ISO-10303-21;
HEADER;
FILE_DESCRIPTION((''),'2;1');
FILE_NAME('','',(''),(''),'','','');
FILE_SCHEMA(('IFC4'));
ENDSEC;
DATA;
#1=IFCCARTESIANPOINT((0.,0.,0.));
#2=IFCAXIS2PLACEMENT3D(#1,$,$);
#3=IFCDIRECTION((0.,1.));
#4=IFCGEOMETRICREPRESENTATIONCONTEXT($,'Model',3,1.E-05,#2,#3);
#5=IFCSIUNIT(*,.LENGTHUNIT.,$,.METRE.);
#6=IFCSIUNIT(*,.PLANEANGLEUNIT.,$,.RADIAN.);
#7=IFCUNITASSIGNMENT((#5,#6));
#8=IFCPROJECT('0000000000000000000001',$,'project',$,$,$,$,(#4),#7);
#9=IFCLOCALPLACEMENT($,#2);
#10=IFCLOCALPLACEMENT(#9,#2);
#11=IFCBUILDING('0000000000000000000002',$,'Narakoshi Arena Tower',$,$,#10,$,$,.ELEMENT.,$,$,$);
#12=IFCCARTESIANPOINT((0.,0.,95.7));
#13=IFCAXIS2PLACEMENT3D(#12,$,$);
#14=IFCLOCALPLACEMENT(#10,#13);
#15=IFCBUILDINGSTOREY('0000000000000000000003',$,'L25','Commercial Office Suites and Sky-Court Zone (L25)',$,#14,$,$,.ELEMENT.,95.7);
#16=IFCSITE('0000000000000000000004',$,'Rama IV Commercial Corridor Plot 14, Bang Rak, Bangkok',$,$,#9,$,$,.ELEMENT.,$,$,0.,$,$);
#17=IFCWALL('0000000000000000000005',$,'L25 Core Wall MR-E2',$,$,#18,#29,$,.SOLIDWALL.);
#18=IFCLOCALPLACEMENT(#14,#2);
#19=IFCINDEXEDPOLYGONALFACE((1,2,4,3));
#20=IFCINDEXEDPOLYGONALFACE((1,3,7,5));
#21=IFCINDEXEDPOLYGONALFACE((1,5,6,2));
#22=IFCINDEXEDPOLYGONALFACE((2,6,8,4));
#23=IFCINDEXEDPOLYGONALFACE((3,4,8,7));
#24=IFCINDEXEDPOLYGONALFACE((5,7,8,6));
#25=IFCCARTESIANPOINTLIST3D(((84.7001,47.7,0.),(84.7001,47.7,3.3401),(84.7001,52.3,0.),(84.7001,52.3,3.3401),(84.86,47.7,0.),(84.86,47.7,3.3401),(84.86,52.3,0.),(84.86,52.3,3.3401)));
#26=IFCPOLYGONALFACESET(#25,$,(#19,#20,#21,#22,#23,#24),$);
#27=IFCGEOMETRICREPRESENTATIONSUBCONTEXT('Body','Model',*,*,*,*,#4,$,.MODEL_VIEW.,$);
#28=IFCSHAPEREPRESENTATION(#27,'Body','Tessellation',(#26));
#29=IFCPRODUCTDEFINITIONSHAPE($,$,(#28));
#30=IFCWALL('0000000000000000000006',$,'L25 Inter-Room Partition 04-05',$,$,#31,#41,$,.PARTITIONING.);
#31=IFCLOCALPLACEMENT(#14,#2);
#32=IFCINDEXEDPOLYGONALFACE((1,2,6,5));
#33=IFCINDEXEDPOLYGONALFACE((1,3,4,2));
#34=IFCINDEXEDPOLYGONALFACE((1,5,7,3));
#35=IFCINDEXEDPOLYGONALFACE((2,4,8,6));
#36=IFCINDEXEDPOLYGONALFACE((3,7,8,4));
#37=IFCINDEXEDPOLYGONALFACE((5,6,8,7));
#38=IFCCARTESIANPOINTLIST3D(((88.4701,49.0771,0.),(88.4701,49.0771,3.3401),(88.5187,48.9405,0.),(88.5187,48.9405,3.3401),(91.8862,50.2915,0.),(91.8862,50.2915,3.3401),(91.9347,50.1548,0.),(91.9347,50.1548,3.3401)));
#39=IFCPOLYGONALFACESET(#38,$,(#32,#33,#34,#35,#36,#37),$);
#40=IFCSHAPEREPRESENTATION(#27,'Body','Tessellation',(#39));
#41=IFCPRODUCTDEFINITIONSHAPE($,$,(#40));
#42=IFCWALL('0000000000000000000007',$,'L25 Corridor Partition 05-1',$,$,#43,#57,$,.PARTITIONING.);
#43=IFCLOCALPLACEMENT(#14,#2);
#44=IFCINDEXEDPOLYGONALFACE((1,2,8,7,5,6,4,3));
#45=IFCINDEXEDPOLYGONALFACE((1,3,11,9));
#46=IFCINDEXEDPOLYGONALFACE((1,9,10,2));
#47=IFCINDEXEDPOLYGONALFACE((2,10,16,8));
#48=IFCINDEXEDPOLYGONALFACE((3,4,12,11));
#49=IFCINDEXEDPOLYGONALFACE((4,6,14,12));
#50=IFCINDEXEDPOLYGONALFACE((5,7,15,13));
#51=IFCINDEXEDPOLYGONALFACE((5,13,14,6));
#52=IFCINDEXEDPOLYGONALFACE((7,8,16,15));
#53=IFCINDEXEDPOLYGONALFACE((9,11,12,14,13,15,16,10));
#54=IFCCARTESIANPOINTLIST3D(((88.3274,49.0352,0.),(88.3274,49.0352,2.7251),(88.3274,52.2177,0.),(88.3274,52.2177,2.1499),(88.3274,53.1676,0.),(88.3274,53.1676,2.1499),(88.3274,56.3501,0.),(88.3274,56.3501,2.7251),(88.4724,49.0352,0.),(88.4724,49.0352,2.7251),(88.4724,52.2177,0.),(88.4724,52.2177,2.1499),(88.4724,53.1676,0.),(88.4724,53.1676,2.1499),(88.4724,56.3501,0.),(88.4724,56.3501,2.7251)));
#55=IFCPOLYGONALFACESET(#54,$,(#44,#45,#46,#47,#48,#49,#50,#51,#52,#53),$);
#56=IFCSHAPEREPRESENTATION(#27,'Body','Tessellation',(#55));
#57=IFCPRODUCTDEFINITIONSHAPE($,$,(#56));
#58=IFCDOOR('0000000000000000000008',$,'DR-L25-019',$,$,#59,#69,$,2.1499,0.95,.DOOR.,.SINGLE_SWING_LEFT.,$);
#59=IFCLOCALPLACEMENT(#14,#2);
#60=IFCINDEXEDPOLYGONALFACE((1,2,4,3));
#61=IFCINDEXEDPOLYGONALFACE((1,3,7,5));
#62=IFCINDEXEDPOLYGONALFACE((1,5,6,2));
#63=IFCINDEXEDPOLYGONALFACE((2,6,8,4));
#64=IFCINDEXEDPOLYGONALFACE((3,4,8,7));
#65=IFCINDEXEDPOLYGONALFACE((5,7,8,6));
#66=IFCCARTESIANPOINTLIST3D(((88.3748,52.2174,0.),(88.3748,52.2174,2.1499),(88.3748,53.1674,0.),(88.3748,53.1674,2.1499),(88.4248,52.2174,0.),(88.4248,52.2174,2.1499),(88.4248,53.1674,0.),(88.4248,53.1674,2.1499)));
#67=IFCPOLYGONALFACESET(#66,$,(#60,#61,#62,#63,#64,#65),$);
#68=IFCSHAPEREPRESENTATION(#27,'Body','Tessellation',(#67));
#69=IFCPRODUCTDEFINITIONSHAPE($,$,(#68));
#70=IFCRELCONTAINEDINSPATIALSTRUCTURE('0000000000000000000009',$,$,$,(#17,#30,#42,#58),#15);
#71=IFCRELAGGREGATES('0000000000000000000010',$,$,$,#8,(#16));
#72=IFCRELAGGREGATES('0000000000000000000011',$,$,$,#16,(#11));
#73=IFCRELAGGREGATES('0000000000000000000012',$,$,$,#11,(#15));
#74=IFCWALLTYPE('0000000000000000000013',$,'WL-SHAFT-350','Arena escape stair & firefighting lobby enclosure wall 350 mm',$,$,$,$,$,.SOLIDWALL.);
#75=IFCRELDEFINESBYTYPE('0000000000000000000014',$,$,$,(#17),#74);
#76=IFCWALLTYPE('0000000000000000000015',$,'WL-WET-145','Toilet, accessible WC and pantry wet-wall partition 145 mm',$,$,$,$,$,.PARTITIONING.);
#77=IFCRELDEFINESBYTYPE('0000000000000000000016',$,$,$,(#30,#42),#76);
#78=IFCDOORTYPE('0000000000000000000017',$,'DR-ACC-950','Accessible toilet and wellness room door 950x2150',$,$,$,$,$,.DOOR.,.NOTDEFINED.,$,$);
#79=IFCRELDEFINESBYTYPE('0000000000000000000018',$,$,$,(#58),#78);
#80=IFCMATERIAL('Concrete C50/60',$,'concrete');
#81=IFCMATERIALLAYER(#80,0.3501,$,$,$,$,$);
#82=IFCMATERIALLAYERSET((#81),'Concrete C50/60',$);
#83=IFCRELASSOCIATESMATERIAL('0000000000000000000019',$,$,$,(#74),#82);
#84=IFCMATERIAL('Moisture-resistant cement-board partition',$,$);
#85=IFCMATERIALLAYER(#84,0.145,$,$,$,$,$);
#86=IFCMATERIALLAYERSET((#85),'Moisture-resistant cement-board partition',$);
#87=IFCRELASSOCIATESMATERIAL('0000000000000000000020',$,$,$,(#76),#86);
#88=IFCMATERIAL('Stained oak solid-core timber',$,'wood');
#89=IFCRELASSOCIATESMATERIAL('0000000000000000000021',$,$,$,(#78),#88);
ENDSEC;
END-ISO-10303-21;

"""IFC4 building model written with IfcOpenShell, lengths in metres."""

from ifc_helpers import new_model, si_unit, direction, frame, frame_2d, origin, place, context, subcontext, project, spatial, rectangle, extrude, material, layer, layer_set, type_object, element, fill, save


model = new_model("IFC4")

# Units and contexts
model_context = context("Model", 3, precision=1e-05, world=origin(), true_north=direction((0.0, 1.0)))
body_context = subcontext(model_context, "Body", "Model", "MODEL_VIEW")
ifc_project = project(units=[si_unit("LENGTHUNIT", "METRE"), si_unit("PLANEANGLEUNIT", "RADIAN")], contexts=[model_context])

# Site, building, storey
site_placement = place(None, origin())
site = spatial("IfcSite", under=ifc_project, at=site_placement, Name="Rama IV Commercial Corridor Plot 14, Bang Rak, Bangkok", CompositionType="ELEMENT", RefElevation=0.0)
building_placement = place(site_placement, origin())
building = spatial("IfcBuilding", under=site, at=building_placement, Name="Narakoshi Arena Tower", CompositionType="ELEMENT")
storey_placement = place(building_placement, frame((0.0, 0.0, 95.7)))
storey = spatial("IfcBuildingStorey", under=building, at=storey_placement, Name="L25", Description="Commercial Office Suites and Sky-Court Zone (L25)", CompositionType="ELEMENT", Elevation=95.7)

# Shared definitions
ifc_material_1 = material(Name="Stained oak solid-core timber", Category="wood")

# Walls
ifc_material_2 = material(Name="Concrete C50/60", Category="concrete")
ifc_layer_1 = layer(ifc_material_2, 0.3501)
ifc_layer_set_1 = layer_set([ifc_layer_1], Name="Concrete C50/60")
wall_type_1 = type_object("IfcWallType", Name="WL-SHAFT-350", Description="Arena escape stair & firefighting lobby enclosure wall 350 mm", PredefinedType="SOLIDWALL", material=ifc_layer_set_1)
wall_1_placement = place(storey_placement, frame((84.78, 47.7, 0.0), z_axis=(0.0, 0.0, 1.0), x_axis=(0.0, 1.0, 0.0)))
element("IfcWall", 1, at=wall_1_placement, inside=storey, type_object=wall_type_1, Name="L25 Core Wall MR-E2", PredefinedType="SOLIDWALL", context=body_context, shape_type="SweptSolid", body=[
    extrude(rectangle(XDim=4.6001, YDim=0.1599, at=frame_2d((2.3, 0.0))), origin(), (0.0, 0.0, 1.0), 3.3401),
])
ifc_material_3 = material(Name="Moisture-resistant cement-board partition")
ifc_layer_2 = layer(ifc_material_3, 0.145)
ifc_layer_set_2 = layer_set([ifc_layer_2], Name="Moisture-resistant cement-board partition")
wall_type_2 = type_object("IfcWallType", Name="WL-WET-145", Description="Toilet, accessible WC and pantry wet-wall partition 145 mm", PredefinedType="PARTITIONING", material=ifc_layer_set_2)
wall_2_placement = place(storey_placement, frame((88.4944, 49.0088, 0.0), z_axis=(0.0, 0.0, 1.0), x_axis=(0.942235, 0.334954, 0.0)))
element("IfcWall", 2, at=wall_2_placement, inside=storey, type_object=wall_type_2, Name="L25 Inter-Room Partition 04-05", PredefinedType="PARTITIONING", context=body_context, shape_type="SweptSolid", body=[
    extrude(rectangle(XDim=3.6255, YDim=0.145, at=frame_2d((1.8127, 0.0))), origin(), (0.0, 0.0, 1.0), 3.3401),
])

# Wall, opening, door
wall_3_placement = place(storey_placement, frame((88.3999, 49.0352, 0.0), z_axis=(0.0, 0.0, 1.0), x_axis=(0.0, 1.0, 0.0)))
wall_3 = element("IfcWall", 3, at=wall_3_placement, inside=storey, type_object=wall_type_2, Name="L25 Corridor Partition 05-1", PredefinedType="PARTITIONING", context=body_context, shape_type="SweptSolid", body=[
    extrude(rectangle(XDim=7.3149, YDim=0.145, at=frame_2d((3.6575, 0.0))), origin(), (0.0, 0.0, 1.0), 2.7251),
])
opening_1_placement = place(wall_3_placement, frame((3.1824, 0.0, 0.0)))
opening_1 = element("IfcOpeningElement", 4, at=opening_1_placement, cuts=wall_3, PredefinedType="OPENING", context=body_context, shape_type="SweptSolid", body=[
    extrude(rectangle(XDim=0.95, YDim=2.1499, at=frame_2d((0.4751, 1.075))), frame((0.0, 0.0825, 0.0), z_axis=(0.0, -1.0, 0.0), x_axis=(1.0, 0.0, 0.0)), (0.0, 0.0, 1.0), 0.165),
])
door_type_1 = type_object("IfcDoorType", Name="DR-ACC-950", Description="Accessible toilet and wellness room door 950x2150", OperationType="NOTDEFINED", PredefinedType="DOOR", material=ifc_material_1)
door_1_placement = place(opening_1_placement, frame((0.95, 0.0, 0.0), z_axis=(0.0, 0.0, 1.0), x_axis=(-1.0, 0.0, 0.0)))
door_1 = element("IfcDoor", 5, at=door_1_placement, inside=storey, type_object=door_type_1, Name="DR-L25-019", OperationType="SINGLE_SWING_LEFT", OverallHeight=2.1499, OverallWidth=0.95, PredefinedType="DOOR", context=body_context, shape_type="SweptSolid", body=[
    extrude(rectangle(XDim=0.95, YDim=2.1499, at=frame_2d((0.4751, 1.075))), frame((0.0, 0.0249, 0.0), z_axis=(0.0, -1.0, 0.0), x_axis=(1.0, 0.0, 0.0)), (0.0, 0.0, 1.0), 0.05),
])
fill(opening_1, door_1)

save(model, "model.ifc")
